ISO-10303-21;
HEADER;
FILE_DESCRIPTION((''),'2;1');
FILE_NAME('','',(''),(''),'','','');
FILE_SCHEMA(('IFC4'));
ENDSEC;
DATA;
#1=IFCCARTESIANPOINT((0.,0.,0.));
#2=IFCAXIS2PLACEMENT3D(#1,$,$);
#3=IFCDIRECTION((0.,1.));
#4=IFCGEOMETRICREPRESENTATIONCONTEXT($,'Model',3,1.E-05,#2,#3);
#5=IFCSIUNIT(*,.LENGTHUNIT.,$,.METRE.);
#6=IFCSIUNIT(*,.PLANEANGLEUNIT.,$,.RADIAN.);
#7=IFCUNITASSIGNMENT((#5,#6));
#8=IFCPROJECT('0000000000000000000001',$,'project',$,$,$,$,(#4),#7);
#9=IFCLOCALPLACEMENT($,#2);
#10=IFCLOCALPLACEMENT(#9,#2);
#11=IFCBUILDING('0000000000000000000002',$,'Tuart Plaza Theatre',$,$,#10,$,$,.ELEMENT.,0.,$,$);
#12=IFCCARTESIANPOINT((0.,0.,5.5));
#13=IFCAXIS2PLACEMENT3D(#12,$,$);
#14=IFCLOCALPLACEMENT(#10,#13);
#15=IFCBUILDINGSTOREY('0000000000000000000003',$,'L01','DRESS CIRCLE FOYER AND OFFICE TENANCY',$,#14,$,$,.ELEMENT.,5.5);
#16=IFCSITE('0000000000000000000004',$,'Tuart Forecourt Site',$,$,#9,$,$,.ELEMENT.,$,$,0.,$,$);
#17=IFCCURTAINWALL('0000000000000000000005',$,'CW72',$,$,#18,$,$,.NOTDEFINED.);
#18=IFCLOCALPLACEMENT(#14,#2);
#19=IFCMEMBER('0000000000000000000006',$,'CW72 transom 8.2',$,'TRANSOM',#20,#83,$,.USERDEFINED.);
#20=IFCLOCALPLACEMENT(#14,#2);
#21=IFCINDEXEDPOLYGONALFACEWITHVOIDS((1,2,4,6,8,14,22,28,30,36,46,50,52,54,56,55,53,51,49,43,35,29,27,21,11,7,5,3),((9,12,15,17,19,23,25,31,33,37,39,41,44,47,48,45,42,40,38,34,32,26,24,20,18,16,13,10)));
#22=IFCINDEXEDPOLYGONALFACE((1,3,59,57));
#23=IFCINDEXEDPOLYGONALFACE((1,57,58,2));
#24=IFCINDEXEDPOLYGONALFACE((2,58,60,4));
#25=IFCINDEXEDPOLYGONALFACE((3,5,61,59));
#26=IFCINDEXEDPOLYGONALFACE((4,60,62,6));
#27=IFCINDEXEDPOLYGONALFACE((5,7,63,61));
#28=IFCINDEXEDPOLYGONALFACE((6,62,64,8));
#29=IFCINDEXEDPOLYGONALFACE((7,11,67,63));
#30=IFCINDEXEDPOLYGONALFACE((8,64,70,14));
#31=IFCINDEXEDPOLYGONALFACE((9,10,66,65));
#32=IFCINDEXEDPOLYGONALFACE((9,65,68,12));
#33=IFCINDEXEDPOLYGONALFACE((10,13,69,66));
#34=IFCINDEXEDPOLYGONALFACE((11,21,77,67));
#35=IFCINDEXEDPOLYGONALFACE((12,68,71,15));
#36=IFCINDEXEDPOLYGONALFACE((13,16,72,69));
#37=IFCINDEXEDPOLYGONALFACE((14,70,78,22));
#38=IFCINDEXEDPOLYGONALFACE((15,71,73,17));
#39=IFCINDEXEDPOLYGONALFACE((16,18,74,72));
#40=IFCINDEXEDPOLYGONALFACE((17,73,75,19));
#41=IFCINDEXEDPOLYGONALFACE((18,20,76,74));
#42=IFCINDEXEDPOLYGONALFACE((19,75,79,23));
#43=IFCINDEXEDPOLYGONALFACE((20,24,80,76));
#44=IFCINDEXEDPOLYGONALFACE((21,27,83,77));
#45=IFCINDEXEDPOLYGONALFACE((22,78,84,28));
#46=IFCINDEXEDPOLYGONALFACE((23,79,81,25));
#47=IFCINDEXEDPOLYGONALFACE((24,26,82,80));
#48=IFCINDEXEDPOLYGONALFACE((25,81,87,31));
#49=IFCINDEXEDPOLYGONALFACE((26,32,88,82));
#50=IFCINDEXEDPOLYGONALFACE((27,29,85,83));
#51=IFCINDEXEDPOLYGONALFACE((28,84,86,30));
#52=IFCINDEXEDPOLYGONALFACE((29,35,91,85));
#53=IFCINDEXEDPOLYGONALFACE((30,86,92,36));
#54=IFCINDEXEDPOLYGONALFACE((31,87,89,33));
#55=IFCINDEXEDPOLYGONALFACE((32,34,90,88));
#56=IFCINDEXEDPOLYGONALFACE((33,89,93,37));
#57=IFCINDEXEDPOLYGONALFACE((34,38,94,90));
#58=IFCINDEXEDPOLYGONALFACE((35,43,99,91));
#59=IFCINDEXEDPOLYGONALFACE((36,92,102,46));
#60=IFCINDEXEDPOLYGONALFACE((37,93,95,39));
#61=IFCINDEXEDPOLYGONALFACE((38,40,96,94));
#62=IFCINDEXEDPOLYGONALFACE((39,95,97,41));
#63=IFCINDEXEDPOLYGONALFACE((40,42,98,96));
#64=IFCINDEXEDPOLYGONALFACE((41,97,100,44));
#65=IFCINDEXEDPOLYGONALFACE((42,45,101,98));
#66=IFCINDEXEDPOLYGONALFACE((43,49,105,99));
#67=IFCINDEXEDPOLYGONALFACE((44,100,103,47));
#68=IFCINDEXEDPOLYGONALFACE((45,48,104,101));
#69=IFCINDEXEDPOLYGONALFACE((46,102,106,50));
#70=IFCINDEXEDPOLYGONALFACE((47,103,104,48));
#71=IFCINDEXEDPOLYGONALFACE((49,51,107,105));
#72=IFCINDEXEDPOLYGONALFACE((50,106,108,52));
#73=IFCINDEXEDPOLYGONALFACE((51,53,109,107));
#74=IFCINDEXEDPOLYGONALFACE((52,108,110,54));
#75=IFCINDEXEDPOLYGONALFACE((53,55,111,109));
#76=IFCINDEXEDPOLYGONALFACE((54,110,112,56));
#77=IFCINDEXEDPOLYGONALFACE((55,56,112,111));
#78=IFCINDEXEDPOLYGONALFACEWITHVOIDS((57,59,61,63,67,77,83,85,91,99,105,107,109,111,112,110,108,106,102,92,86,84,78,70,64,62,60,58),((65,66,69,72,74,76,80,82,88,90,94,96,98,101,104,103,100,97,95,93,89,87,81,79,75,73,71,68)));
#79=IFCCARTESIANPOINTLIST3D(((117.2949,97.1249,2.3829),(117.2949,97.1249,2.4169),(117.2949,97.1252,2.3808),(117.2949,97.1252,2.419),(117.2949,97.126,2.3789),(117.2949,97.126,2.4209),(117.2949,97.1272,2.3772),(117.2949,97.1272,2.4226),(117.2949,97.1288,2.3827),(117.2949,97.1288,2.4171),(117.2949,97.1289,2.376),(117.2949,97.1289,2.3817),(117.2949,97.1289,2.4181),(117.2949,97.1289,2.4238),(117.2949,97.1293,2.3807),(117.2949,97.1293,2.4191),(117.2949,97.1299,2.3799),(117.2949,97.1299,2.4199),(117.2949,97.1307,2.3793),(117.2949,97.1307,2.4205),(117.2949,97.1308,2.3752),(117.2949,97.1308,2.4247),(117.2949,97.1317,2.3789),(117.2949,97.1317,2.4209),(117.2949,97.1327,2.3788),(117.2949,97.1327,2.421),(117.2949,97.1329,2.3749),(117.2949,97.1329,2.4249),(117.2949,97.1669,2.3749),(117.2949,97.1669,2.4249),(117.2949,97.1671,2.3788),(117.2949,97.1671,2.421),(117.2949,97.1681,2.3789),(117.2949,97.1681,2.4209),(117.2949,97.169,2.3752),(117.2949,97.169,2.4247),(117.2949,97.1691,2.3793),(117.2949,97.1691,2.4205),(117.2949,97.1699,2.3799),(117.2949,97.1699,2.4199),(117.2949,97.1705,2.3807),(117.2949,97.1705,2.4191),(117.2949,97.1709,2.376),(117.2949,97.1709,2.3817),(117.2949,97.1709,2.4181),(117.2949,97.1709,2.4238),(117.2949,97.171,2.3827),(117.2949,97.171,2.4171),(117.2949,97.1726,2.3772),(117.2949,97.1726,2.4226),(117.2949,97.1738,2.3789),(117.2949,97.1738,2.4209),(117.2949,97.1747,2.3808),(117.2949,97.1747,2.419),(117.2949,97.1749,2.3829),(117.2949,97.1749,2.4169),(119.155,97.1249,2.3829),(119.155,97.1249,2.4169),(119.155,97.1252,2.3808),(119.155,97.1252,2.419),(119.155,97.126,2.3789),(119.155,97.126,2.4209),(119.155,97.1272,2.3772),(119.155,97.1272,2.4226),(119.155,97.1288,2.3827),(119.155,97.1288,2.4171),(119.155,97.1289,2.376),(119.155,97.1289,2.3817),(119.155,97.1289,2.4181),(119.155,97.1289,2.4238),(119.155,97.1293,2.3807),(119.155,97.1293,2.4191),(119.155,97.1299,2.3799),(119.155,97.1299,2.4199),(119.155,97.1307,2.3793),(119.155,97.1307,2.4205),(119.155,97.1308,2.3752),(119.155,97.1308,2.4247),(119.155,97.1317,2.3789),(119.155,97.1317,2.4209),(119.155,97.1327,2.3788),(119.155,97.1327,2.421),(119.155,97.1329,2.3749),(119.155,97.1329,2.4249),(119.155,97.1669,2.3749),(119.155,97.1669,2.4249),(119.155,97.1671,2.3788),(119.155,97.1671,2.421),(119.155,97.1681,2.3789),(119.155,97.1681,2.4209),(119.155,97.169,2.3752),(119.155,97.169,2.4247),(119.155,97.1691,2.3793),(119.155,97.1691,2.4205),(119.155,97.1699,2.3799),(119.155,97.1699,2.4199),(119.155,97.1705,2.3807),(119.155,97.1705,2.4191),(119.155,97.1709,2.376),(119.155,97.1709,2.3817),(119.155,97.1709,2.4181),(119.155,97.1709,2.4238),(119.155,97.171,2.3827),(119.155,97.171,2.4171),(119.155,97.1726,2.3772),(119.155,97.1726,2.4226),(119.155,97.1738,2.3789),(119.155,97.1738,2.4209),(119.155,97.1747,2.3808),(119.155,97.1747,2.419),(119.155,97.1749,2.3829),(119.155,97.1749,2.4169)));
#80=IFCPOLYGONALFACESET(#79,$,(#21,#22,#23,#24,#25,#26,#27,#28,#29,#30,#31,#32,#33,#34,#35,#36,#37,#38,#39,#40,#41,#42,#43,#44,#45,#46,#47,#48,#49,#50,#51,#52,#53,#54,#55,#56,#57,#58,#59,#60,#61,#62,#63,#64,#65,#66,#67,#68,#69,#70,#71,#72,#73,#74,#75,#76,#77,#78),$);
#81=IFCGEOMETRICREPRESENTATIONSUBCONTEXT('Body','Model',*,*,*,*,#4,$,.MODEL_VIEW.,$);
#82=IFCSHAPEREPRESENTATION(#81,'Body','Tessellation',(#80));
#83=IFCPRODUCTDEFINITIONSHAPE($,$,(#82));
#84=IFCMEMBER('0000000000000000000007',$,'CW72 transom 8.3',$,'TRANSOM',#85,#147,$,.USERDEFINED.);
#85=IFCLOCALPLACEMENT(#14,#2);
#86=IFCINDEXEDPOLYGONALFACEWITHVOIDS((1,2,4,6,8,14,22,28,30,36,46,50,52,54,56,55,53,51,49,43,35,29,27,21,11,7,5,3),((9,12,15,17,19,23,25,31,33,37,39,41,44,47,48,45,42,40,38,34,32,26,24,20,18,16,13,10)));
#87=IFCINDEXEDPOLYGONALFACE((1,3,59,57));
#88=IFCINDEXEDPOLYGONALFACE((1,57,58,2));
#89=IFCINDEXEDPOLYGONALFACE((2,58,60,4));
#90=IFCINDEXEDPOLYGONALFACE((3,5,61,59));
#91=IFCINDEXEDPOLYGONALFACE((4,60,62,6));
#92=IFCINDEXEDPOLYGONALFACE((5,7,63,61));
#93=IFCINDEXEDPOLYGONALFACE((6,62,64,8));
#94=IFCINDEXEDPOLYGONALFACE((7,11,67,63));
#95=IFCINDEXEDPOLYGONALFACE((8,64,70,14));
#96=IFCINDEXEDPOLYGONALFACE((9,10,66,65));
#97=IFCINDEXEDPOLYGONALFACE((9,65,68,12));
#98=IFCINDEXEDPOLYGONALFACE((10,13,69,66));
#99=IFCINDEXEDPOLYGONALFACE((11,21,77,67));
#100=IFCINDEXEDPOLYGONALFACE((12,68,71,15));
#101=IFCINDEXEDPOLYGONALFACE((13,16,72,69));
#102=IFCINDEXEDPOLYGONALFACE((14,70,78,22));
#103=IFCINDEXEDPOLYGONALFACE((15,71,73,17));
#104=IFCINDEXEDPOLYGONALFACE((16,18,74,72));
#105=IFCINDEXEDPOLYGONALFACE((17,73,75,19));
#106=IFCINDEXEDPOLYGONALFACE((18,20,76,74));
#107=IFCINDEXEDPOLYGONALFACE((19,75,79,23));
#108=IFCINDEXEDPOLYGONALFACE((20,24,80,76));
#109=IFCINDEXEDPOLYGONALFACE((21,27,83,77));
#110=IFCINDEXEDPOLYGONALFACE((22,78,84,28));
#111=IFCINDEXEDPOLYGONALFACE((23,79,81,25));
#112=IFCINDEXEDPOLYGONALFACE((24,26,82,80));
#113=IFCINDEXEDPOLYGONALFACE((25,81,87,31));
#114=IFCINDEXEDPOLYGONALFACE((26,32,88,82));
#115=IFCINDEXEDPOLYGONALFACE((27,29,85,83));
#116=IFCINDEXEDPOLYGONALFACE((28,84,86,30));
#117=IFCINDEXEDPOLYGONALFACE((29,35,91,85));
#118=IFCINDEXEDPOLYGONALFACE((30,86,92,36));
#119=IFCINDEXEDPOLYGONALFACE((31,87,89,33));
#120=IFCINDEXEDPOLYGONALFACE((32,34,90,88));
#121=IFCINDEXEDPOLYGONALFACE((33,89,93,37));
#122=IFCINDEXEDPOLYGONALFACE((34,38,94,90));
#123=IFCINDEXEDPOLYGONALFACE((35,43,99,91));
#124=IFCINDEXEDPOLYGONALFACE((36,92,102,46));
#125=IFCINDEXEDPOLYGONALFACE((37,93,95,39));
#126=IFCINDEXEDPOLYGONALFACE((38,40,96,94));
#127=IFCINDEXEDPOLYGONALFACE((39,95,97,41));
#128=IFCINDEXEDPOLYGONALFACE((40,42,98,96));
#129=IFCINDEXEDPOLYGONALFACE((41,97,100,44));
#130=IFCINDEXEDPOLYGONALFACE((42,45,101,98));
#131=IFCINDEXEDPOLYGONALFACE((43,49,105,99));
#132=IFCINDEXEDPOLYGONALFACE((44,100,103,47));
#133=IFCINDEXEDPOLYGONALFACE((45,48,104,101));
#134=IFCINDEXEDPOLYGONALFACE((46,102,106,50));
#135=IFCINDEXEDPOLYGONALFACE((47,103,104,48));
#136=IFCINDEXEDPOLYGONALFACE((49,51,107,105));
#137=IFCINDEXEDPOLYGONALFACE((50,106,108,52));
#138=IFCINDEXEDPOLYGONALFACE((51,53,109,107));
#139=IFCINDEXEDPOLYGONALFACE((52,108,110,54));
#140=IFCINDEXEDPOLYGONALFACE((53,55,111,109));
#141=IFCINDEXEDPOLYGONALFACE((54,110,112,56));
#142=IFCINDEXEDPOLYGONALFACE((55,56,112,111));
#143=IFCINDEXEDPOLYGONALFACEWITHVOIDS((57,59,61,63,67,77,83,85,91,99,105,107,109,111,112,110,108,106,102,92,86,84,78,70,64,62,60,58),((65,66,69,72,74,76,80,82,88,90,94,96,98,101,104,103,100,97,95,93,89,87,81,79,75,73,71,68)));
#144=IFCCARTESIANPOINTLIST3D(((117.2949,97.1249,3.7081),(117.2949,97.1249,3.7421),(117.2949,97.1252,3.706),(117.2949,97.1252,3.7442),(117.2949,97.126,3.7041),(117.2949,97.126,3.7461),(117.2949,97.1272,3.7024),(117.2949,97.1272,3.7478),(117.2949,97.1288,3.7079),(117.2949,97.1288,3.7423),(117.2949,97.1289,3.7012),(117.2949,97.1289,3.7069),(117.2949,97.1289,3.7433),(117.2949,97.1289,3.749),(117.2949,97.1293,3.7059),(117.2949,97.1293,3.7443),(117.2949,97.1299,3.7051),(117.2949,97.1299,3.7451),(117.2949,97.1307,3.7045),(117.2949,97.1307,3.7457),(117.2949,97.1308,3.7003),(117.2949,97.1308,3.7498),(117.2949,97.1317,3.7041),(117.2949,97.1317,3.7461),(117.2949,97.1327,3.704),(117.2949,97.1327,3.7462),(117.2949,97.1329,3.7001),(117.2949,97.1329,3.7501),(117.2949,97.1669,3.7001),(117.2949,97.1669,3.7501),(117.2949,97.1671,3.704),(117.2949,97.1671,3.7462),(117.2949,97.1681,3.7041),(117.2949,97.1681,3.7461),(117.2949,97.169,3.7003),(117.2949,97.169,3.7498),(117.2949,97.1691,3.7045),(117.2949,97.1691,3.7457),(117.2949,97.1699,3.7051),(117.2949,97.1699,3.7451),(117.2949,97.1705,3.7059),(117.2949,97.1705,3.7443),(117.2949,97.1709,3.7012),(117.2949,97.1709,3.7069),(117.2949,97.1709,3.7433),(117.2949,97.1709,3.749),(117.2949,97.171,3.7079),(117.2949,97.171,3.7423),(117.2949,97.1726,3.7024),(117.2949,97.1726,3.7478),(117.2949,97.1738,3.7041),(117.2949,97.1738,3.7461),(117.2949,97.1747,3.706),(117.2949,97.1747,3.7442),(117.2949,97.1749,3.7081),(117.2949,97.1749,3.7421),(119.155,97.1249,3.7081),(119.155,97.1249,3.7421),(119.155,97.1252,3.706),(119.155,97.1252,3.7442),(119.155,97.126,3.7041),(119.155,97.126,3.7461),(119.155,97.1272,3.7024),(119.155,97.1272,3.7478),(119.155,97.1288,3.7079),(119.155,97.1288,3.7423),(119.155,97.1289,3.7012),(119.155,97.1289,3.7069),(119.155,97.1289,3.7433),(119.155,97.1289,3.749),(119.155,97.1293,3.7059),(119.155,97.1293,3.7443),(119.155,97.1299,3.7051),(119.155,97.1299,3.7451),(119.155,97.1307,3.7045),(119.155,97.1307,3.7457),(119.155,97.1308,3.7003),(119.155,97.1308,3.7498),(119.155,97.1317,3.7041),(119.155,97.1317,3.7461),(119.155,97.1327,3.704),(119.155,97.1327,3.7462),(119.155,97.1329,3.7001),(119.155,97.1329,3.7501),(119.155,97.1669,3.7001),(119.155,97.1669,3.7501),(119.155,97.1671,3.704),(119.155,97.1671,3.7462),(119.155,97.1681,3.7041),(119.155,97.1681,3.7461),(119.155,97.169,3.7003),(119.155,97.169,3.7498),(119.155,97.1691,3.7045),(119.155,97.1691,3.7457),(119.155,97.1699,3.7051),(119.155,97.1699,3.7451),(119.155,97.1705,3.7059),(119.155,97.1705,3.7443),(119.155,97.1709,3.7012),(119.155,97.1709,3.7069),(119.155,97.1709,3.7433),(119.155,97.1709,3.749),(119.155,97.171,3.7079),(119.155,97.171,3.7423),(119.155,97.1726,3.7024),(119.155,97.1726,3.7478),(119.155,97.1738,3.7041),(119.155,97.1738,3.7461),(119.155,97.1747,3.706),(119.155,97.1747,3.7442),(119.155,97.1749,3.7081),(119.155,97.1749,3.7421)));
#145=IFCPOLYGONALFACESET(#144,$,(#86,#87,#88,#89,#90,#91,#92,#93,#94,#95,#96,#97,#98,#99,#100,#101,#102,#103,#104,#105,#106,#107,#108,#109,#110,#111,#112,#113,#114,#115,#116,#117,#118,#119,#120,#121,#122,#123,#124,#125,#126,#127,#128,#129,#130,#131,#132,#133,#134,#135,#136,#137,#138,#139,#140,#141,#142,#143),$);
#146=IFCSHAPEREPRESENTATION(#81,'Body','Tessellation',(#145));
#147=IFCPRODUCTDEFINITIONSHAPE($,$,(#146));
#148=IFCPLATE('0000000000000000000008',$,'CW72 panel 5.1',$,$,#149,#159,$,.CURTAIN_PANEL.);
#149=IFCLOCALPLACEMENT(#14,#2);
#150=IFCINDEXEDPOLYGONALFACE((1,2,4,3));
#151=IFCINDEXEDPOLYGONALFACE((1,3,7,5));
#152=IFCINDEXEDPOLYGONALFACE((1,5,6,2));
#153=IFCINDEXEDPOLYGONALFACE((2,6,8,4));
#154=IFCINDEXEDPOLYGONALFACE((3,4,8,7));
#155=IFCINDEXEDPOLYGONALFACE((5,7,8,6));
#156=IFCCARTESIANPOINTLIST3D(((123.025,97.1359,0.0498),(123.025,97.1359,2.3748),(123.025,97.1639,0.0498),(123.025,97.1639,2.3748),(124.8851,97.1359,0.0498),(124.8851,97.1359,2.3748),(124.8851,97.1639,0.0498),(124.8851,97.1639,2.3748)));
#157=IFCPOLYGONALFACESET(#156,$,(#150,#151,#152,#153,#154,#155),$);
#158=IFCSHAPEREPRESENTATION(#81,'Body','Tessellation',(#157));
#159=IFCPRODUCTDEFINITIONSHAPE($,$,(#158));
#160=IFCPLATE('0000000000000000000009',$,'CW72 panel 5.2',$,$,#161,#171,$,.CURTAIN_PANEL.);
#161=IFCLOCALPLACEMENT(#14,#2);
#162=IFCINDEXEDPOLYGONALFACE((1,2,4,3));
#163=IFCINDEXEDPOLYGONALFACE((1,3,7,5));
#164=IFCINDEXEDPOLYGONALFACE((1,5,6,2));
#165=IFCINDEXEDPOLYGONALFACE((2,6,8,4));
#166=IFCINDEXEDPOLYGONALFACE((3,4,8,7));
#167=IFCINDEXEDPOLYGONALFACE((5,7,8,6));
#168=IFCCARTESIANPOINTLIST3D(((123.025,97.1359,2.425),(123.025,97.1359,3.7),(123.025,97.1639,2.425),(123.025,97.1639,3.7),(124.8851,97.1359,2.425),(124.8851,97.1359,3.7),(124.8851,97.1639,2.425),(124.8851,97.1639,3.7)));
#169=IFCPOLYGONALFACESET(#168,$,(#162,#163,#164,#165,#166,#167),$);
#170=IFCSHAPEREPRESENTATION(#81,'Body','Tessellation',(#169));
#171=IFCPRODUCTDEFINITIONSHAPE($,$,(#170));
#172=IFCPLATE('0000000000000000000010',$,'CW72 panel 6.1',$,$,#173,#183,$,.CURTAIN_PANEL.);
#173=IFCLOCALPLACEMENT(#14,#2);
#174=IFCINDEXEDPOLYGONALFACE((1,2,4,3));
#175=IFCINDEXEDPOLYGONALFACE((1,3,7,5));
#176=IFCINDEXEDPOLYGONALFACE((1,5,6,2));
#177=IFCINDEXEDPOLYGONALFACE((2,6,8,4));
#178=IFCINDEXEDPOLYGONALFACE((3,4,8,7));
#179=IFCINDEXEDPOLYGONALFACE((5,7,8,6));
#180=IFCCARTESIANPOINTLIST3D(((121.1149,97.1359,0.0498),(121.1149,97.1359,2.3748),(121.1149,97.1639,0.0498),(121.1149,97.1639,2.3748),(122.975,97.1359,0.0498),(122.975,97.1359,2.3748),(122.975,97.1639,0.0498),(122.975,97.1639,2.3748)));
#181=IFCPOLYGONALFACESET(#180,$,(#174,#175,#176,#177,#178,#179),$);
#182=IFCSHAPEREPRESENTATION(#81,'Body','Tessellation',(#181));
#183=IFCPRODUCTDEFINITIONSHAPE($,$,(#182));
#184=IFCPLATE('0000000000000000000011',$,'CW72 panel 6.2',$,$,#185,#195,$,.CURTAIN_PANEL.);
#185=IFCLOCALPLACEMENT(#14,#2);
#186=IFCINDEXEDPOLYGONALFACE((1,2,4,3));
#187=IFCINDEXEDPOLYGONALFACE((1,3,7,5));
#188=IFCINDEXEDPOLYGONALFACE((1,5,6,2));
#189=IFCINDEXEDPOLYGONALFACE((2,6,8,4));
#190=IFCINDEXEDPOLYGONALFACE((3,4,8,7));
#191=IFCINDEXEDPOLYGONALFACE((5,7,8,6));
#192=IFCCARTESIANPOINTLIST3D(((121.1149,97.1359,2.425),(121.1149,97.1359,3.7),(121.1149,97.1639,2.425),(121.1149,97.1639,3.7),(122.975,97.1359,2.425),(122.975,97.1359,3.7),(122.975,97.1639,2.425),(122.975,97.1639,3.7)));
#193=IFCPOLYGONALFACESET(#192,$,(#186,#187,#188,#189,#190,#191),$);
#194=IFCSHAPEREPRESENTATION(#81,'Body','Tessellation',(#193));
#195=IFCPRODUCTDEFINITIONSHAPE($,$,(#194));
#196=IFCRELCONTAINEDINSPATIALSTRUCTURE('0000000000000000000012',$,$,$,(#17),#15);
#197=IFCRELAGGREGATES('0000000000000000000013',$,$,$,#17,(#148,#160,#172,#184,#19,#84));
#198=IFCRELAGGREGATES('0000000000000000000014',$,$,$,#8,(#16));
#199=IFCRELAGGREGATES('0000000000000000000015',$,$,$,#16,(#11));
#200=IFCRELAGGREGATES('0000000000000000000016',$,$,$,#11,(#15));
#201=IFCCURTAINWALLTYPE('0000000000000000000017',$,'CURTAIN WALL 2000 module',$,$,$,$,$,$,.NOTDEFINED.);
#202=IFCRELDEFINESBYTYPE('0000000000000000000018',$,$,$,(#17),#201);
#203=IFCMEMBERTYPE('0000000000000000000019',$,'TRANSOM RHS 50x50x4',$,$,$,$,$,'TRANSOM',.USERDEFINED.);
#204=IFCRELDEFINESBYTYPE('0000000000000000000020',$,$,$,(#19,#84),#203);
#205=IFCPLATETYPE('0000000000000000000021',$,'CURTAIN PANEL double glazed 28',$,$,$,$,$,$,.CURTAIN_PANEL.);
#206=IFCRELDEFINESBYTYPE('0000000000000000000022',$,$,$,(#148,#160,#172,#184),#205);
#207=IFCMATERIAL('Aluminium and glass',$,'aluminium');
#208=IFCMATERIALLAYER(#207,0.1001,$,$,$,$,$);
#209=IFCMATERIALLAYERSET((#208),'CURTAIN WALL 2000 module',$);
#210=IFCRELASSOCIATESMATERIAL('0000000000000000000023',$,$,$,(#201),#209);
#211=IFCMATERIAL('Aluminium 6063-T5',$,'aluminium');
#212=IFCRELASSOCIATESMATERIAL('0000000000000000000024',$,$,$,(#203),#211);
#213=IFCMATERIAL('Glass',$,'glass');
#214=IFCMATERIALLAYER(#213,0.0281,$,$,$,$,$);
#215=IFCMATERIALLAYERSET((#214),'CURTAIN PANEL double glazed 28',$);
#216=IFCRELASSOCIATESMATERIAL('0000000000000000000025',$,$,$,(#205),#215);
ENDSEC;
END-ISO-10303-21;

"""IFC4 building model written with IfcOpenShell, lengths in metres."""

from ifc_helpers import new_model, si_unit, direction, frame, origin, origin_2d, place, context, subcontext, project, spatial, rectangle, hollow_rectangle, extrude, material, layer, layer_set, material_profile, profile_set, type_object, element, aggregate, save


model = new_model("IFC4")

# Units and contexts
model_context = context("Model", 3, precision=1e-05, world=origin(), true_north=direction((0.0, 1.0)))
body_context = subcontext(model_context, "Body", "Model", "MODEL_VIEW")
ifc_project = project(units=[si_unit("LENGTHUNIT", "METRE"), si_unit("PLANEANGLEUNIT", "RADIAN")], contexts=[model_context])

# Site, building, storey
site_placement = place(None, origin())
site = spatial("IfcSite", under=ifc_project, at=site_placement, Name="Tuart Forecourt Site", CompositionType="ELEMENT", RefElevation=0.0)
building_placement = place(site_placement, origin())
building = spatial("IfcBuilding", under=site, at=building_placement, Name="Tuart Plaza Theatre", CompositionType="ELEMENT", ElevationOfRefHeight=0.0)
storey_placement = place(building_placement, frame((0.0, 0.0, 5.5)))
storey = spatial("IfcBuildingStorey", under=building, at=storey_placement, Name="L01", Description="DRESS CIRCLE FOYER AND OFFICE TENANCY", CompositionType="ELEMENT", Elevation=5.5)

# Curtain wall, members, plates
ifc_material_1 = material(Name="Aluminium and glass", Category="aluminium")
ifc_layer_1 = layer(ifc_material_1, 0.1001)
ifc_layer_set_1 = layer_set([ifc_layer_1], Name="CURTAIN WALL 2000 module")
curtain_wall_type = type_object("IfcCurtainWallType", Name="CURTAIN WALL 2000 module", PredefinedType="NOTDEFINED", material=ifc_layer_set_1)
curtain_wall_placement = place(storey_placement, origin())
curtain_wall = element("IfcCurtainWall", 1, at=curtain_wall_placement, inside=storey, type_object=curtain_wall_type, Name="CW72", PredefinedType="NOTDEFINED")
ifc_material_2 = material(Name="Aluminium 6063-T5", Category="aluminium")
ifc_material_profile_1 = material_profile(ifc_material_2, hollow_rectangle(XDim=0.05, YDim=0.05, WallThickness=0.0039, InnerFilletRadius=0.0039, OuterFilletRadius=0.0081, at=origin_2d()), Name="RHS 50x50x4")
ifc_profile_set_1 = profile_set([ifc_material_profile_1], Name="Aluminium 6063-T5")
member_type_1 = type_object("IfcMemberType", Name="TRANSOM RHS 50x50x4", ElementType="TRANSOM", PredefinedType="USERDEFINED", material=ifc_profile_set_1)
member_1_placement = place(storey_placement, frame((119.155, 97.1499, 2.3999), z_axis=(-1.0, 0.0, 0.0), x_axis=(0.0, -1.0, 0.0)))
member_1 = element("IfcMember", 2, at=member_1_placement, type_object=member_type_1, Name="CW72 transom 8.2", ObjectType="TRANSOM", PredefinedType="USERDEFINED", context=body_context, shape_type="SweptSolid", body=[
    extrude(hollow_rectangle(XDim=0.05, YDim=0.05, WallThickness=0.0039, InnerFilletRadius=0.0039, OuterFilletRadius=0.0081, at=origin_2d()), origin(), (0.0, 0.0, 1.0), 1.8601),
])
member_2_placement = place(storey_placement, frame((119.155, 97.1499, 3.7251), z_axis=(-1.0, 0.0, 0.0), x_axis=(0.0, -1.0, 0.0)))
member_2 = element("IfcMember", 3, at=member_2_placement, type_object=member_type_1, Name="CW72 transom 8.3", ObjectType="TRANSOM", PredefinedType="USERDEFINED", context=body_context, shape_type="SweptSolid", body=[
    extrude(hollow_rectangle(XDim=0.05, YDim=0.05, WallThickness=0.0039, InnerFilletRadius=0.0039, OuterFilletRadius=0.0081, at=origin_2d()), origin(), (0.0, 0.0, 1.0), 1.8601),
])
ifc_material_3 = material(Name="Glass", Category="glass")
ifc_layer_2 = layer(ifc_material_3, 0.0281)
ifc_layer_set_2 = layer_set([ifc_layer_2], Name="CURTAIN PANEL double glazed 28")
plate_type = type_object("IfcPlateType", Name="CURTAIN PANEL double glazed 28", PredefinedType="CURTAIN_PANEL", material=ifc_layer_set_2)
plate_1_placement = place(storey_placement, frame((123.9551, 97.1499, 0.0498), z_axis=(0.0, 0.0, 1.0), x_axis=(-1.0, 0.0, 0.0)))
plate_1 = element("IfcPlate", 4, at=plate_1_placement, type_object=plate_type, Name="CW72 panel 5.1", PredefinedType="CURTAIN_PANEL", context=body_context, shape_type="SweptSolid", body=[
    extrude(rectangle(XDim=1.8601, YDim=0.0281, at=origin_2d()), origin(), (0.0, 0.0, 1.0), 2.325),
])
plate_2_placement = place(storey_placement, frame((123.9551, 97.1499, 2.425), z_axis=(0.0, 0.0, 1.0), x_axis=(-1.0, 0.0, 0.0)))
plate_2 = element("IfcPlate", 5, at=plate_2_placement, type_object=plate_type, Name="CW72 panel 5.2", PredefinedType="CURTAIN_PANEL", context=body_context, shape_type="SweptSolid", body=[
    extrude(rectangle(XDim=1.8601, YDim=0.0281, at=origin_2d()), origin(), (0.0, 0.0, 1.0), 1.2749),
])
plate_3_placement = place(storey_placement, frame((122.0449, 97.1499, 0.0498), z_axis=(0.0, 0.0, 1.0), x_axis=(-1.0, 0.0, 0.0)))
plate_3 = element("IfcPlate", 6, at=plate_3_placement, type_object=plate_type, Name="CW72 panel 6.1", PredefinedType="CURTAIN_PANEL", context=body_context, shape_type="SweptSolid", body=[
    extrude(rectangle(XDim=1.8601, YDim=0.0281, at=origin_2d()), origin(), (0.0, 0.0, 1.0), 2.325),
])
plate_4_placement = place(storey_placement, frame((122.0449, 97.1499, 2.425), z_axis=(0.0, 0.0, 1.0), x_axis=(-1.0, 0.0, 0.0)))
plate_4 = element("IfcPlate", 7, at=plate_4_placement, type_object=plate_type, Name="CW72 panel 6.2", PredefinedType="CURTAIN_PANEL", context=body_context, shape_type="SweptSolid", body=[
    extrude(rectangle(XDim=1.8601, YDim=0.0281, at=origin_2d()), origin(), (0.0, 0.0, 1.0), 1.2749),
])
aggregate(curtain_wall, [plate_1, plate_2, plate_3, plate_4, member_1, member_2])

save(model, "model.ifc")
